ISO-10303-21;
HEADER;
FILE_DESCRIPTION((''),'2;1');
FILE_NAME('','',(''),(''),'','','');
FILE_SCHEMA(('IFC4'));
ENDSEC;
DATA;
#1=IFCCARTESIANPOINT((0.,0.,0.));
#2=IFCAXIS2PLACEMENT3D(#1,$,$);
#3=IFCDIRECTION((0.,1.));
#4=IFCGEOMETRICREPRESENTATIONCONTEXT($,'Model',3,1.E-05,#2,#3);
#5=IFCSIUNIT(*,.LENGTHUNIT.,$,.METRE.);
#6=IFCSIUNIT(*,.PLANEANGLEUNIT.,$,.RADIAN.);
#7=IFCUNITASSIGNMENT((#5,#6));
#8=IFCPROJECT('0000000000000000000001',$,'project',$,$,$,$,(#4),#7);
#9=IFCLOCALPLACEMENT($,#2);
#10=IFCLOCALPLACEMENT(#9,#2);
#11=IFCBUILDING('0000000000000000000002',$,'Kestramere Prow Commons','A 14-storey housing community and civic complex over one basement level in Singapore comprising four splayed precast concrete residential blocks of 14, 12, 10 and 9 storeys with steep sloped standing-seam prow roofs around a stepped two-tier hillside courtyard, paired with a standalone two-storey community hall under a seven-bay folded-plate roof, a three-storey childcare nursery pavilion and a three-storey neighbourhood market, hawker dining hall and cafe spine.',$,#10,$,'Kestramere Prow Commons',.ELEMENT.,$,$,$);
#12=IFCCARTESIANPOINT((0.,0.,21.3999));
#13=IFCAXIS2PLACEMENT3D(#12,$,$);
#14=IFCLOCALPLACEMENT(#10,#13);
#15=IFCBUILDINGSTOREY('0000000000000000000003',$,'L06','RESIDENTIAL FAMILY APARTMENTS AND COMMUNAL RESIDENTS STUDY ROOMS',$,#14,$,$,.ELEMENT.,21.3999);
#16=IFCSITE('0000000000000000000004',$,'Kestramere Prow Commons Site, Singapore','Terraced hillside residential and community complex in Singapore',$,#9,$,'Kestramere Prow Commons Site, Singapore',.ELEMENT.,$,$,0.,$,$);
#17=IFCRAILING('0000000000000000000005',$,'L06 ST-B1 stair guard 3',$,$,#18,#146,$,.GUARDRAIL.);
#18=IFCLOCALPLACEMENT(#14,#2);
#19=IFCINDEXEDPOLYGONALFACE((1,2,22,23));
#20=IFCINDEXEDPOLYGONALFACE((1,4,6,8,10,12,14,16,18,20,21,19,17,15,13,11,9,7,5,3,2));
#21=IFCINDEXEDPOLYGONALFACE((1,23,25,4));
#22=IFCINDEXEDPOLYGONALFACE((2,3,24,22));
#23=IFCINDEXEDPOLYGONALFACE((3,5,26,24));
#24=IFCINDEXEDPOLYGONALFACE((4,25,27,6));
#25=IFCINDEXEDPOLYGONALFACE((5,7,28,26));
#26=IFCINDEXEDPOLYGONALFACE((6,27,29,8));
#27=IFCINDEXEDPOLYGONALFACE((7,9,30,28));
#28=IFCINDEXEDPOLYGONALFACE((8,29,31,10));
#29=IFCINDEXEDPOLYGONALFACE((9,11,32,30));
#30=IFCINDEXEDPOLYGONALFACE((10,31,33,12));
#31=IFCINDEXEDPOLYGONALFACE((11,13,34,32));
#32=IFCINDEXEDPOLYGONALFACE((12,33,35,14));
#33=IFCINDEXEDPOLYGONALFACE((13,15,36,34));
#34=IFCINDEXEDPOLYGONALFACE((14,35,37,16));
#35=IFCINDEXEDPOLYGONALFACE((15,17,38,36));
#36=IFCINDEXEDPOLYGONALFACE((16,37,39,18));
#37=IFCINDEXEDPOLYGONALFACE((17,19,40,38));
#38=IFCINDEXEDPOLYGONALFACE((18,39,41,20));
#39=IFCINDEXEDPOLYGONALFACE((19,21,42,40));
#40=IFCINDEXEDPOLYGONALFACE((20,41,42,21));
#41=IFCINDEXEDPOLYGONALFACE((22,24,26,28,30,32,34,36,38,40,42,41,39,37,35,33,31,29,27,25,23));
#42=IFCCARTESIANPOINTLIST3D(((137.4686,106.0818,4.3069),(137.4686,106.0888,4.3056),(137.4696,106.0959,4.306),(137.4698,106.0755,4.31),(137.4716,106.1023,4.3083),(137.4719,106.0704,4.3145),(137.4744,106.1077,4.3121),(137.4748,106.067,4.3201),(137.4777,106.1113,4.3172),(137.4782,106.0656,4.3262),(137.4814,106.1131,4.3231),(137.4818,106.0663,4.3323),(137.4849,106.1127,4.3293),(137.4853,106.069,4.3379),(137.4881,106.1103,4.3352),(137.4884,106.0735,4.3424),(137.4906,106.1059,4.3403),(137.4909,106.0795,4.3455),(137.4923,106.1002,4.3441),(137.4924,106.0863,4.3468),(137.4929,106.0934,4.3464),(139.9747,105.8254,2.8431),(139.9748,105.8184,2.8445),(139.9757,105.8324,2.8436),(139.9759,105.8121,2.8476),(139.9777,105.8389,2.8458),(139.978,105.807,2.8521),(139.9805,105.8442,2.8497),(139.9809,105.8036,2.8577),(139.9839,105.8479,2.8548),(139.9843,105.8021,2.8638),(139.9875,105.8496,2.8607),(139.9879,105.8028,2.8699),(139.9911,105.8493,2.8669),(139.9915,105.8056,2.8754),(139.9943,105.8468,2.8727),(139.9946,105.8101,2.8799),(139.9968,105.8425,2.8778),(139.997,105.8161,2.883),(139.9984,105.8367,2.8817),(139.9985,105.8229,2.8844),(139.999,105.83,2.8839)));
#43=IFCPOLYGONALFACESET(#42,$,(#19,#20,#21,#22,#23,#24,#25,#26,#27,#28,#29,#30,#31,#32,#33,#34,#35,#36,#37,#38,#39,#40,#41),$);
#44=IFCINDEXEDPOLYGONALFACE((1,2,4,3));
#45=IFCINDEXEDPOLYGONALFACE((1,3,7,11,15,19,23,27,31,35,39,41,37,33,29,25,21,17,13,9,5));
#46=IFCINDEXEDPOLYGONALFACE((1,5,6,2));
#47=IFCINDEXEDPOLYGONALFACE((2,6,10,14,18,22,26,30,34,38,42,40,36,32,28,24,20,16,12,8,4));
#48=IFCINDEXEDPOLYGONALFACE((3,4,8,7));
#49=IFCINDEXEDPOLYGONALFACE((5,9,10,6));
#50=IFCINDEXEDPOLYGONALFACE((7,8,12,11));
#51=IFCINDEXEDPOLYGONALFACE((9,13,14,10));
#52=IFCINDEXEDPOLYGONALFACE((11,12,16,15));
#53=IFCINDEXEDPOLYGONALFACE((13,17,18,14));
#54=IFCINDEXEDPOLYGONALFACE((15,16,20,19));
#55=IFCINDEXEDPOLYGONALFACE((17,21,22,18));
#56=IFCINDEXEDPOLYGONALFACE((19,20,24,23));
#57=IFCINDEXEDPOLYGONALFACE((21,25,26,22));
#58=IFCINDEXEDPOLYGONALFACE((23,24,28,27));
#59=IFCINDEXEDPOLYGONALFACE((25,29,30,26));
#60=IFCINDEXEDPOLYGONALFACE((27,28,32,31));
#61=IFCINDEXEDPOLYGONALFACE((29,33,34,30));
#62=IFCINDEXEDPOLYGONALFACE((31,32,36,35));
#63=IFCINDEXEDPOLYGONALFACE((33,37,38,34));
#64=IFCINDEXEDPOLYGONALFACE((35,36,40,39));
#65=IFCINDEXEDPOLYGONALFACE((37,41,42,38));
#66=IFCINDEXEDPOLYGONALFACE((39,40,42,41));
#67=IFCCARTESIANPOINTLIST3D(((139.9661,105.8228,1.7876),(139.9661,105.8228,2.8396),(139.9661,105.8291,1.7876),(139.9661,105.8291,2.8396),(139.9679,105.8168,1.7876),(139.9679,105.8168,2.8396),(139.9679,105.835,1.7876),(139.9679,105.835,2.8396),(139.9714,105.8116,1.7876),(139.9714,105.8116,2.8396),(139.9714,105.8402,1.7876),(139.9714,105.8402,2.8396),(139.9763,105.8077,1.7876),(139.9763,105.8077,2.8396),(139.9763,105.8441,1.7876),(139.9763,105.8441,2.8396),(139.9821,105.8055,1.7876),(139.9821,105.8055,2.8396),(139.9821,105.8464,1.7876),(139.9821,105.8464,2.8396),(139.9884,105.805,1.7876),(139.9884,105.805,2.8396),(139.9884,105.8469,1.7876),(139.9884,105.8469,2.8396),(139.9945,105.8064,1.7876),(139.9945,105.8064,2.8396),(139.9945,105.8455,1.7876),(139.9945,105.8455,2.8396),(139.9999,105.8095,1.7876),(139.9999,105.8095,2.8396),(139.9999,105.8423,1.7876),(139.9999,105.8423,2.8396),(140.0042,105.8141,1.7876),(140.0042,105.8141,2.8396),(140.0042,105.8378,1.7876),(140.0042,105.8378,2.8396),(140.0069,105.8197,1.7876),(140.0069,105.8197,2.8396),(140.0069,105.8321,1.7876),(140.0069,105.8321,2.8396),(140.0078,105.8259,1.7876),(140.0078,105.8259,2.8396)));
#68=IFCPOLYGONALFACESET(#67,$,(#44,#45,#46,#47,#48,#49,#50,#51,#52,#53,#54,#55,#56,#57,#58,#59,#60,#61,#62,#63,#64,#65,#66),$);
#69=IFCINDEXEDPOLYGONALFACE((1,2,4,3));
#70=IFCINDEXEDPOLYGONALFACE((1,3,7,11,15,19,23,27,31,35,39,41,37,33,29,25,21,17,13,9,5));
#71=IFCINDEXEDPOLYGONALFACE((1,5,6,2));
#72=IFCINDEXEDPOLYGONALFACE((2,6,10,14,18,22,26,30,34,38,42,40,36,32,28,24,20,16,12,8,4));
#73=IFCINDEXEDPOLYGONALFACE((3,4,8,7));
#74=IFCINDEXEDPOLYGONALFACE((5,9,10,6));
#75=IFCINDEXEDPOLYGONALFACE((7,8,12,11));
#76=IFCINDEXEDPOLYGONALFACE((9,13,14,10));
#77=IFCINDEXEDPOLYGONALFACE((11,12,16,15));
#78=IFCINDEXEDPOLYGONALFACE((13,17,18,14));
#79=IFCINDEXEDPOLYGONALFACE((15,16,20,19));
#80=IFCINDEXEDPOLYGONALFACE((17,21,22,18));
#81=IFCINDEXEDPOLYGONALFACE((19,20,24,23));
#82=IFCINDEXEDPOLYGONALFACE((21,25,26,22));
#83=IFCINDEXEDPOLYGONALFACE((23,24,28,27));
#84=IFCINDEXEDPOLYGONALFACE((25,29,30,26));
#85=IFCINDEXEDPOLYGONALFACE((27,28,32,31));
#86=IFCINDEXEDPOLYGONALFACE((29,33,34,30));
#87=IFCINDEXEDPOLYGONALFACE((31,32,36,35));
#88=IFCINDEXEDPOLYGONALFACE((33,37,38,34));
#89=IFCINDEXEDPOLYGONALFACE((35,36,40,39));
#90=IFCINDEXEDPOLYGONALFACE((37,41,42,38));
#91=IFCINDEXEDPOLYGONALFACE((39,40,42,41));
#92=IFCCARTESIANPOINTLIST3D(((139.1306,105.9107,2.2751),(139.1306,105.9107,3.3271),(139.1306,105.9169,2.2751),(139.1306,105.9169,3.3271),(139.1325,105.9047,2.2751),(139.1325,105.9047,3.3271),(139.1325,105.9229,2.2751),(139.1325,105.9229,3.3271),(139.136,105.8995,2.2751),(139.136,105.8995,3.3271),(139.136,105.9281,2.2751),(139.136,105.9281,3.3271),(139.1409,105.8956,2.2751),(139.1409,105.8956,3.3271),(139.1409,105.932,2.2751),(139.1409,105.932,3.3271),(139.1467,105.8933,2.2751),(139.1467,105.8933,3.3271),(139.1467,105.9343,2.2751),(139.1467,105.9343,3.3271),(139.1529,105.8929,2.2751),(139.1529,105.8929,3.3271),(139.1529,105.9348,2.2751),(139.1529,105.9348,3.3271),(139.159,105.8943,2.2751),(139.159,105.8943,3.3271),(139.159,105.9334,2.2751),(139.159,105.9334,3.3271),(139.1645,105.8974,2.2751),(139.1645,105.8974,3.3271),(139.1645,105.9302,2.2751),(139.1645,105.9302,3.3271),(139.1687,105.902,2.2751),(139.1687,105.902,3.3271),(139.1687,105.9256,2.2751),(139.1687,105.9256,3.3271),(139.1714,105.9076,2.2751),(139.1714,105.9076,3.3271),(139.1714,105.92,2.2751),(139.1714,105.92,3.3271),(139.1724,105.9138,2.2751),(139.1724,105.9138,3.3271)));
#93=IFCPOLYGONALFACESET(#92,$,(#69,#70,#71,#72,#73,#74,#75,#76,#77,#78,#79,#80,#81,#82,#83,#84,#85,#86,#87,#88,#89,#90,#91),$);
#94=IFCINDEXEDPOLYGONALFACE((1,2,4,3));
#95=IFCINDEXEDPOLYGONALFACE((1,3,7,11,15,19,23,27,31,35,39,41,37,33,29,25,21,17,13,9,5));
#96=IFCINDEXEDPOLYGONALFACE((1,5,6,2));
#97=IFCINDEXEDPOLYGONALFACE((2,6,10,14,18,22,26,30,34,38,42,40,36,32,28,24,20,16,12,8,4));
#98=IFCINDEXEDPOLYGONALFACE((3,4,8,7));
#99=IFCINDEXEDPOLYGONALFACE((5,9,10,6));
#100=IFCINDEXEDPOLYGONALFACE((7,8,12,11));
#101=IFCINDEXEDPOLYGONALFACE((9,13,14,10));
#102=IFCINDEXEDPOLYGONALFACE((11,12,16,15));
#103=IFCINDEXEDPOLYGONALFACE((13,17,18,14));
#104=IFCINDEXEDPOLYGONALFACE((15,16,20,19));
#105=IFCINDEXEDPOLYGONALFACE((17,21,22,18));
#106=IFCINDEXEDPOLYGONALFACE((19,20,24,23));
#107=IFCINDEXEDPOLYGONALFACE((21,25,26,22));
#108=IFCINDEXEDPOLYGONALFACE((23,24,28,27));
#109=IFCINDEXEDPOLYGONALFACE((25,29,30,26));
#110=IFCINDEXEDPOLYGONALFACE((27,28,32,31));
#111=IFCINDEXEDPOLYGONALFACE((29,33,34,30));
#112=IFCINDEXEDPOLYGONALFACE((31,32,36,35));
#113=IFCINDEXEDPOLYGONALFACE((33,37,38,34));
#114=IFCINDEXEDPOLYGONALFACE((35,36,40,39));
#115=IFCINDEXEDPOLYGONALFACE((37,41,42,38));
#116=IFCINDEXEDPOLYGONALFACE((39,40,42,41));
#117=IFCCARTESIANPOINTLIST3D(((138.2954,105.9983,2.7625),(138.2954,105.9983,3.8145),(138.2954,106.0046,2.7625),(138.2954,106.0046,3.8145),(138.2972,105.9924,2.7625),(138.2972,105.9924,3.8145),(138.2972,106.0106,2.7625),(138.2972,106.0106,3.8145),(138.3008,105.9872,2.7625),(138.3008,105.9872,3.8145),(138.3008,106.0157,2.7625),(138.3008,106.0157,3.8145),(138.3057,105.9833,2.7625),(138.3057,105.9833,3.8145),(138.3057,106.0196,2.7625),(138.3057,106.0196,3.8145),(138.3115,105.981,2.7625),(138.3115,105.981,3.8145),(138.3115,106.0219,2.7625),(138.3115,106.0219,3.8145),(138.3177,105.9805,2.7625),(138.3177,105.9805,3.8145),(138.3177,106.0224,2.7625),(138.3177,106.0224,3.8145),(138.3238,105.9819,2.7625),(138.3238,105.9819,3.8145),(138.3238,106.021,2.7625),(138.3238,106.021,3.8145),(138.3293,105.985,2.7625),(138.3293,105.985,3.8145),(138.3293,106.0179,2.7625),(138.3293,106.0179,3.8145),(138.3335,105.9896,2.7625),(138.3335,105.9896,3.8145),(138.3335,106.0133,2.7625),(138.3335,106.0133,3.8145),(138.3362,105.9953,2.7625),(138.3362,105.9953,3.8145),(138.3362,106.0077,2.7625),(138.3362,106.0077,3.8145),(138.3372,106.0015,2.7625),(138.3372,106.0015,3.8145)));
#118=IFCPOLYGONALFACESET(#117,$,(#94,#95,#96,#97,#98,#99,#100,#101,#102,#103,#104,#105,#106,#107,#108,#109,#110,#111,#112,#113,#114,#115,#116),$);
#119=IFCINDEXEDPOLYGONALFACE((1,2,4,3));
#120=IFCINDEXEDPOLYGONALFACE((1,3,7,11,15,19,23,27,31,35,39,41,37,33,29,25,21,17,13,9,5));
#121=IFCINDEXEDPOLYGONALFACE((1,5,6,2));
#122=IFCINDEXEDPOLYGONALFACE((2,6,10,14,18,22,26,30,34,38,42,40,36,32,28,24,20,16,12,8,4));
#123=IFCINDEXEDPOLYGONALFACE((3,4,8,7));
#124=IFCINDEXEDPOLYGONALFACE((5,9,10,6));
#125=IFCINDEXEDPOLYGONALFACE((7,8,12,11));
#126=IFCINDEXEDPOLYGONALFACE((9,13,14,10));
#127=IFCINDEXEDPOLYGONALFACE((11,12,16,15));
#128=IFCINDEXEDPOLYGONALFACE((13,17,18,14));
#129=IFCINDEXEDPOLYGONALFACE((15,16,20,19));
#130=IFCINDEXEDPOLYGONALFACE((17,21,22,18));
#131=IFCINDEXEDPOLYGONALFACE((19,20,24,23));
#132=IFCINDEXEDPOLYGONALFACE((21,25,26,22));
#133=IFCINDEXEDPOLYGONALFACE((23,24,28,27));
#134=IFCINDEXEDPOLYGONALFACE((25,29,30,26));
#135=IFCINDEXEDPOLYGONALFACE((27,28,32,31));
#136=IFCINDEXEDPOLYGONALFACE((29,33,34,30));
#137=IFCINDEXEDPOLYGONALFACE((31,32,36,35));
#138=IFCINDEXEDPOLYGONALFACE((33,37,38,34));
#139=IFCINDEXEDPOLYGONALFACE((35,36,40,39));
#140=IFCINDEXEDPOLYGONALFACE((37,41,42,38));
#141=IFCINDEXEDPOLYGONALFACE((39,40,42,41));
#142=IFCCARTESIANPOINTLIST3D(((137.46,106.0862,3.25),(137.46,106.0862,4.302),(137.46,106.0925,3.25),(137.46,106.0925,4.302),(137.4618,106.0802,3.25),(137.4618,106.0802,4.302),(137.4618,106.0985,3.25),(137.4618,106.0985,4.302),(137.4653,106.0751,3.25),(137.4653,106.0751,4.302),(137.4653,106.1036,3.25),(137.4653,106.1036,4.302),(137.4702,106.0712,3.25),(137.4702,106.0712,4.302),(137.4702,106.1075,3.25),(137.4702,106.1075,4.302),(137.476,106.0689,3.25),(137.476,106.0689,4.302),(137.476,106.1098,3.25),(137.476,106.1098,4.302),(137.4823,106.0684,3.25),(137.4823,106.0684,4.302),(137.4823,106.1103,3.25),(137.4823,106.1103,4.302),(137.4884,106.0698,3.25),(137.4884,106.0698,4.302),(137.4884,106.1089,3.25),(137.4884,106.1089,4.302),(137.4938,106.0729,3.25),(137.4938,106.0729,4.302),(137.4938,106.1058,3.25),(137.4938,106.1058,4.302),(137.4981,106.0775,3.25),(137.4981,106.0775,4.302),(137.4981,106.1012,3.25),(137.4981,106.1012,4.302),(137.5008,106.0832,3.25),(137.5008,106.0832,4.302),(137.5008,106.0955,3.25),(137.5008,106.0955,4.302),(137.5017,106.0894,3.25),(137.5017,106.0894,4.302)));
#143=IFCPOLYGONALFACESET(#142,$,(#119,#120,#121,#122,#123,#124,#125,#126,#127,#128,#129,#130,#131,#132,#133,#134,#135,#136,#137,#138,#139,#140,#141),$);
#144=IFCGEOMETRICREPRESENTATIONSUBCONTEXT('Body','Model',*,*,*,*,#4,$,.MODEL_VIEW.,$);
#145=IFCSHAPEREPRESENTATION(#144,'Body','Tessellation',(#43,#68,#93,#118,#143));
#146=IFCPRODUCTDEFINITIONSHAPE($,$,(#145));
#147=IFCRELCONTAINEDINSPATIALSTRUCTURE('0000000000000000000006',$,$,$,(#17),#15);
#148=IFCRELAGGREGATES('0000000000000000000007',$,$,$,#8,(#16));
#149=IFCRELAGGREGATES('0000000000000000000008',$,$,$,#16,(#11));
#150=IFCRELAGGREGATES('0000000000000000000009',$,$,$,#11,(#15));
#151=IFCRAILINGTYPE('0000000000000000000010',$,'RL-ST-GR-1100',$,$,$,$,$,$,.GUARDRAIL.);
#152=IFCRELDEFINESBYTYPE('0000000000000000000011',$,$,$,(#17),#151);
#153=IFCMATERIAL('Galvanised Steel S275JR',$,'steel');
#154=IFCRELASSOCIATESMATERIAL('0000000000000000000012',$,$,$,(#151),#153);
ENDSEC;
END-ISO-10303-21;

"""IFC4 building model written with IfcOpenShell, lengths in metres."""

from ifc_helpers import new_model, si_unit, direction, frame, origin, origin_2d, place, context, subcontext, project, spatial, circle, extrude, material, type_object, element, save


model = new_model("IFC4")

# Units and contexts
model_context = context("Model", 3, precision=1e-05, world=origin(), true_north=direction((0.0, 1.0)))
body_context = subcontext(model_context, "Body", "Model", "MODEL_VIEW")
ifc_project = project(units=[si_unit("LENGTHUNIT", "METRE"), si_unit("PLANEANGLEUNIT", "RADIAN")], contexts=[model_context])

# Site, building, storey
site_placement = place(None, origin())
site = spatial("IfcSite", under=ifc_project, at=site_placement, Name="Kestramere Prow Commons Site, Singapore", Description="Terraced hillside residential and community complex in Singapore", LongName="Kestramere Prow Commons Site, Singapore", CompositionType="ELEMENT", RefElevation=0.0)
building_placement = place(site_placement, origin())
building = spatial("IfcBuilding", under=site, at=building_placement, Name="Kestramere Prow Commons", Description="A 14-storey housing community and civic complex over one basement level in Singapore comprising four splayed precast concrete residential blocks of 14, 12, 10 and 9 storeys with steep sloped standing-seam prow roofs around a stepped two-tier hillside courtyard, paired with a standalone two-storey community hall under a seven-bay folded-plate roof, a three-storey childcare nursery pavilion and a three-storey neighbourhood market, hawker dining hall and cafe spine.", LongName="Kestramere Prow Commons", CompositionType="ELEMENT")
storey_placement = place(building_placement, frame((0.0, 0.0, 21.3999)))
storey = spatial("IfcBuildingStorey", under=building, at=storey_placement, Name="L06", Description="RESIDENTIAL FAMILY APARTMENTS AND COMMUNAL RESIDENTS STUDY ROOMS", CompositionType="ELEMENT", Elevation=21.3999)

# Railing
ifc_material_1 = material(Name="Galvanised Steel S275JR", Category="steel")
railing_type_1 = type_object("IfcRailingType", Name="RL-ST-GR-1100", PredefinedType="GUARDRAIL", material=ifc_material_1)
railing_1_placement = place(storey_placement, frame((139.9868, 105.8259, 1.7876)))
element("IfcRailing", 1, at=railing_1_placement, inside=storey, type_object=railing_type_1, Name="L06 ST-B1 stair guard 3", PredefinedType="GUARDRAIL", context=body_context, shape_type="SweptSolid", body=[
    extrude(circle(Radius=0.0239, at=origin_2d()), frame((0.0, 0.0, 1.0762), z_axis=(-0.860165, 0.090416, 0.501937), x_axis=(-0.104539, -0.994521, 0.0)), (0.0, 0.0, 1.0), 2.9136),
    extrude(circle(Radius=0.021, at=origin_2d()), origin(), (0.0, 0.0, 1.0), 1.052),
    extrude(circle(Radius=0.021, at=origin_2d()), frame((-0.8354, 0.0879, 0.4875)), (0.0, 0.0, 1.0), 1.052),
    extrude(circle(Radius=0.021, at=origin_2d()), frame((-1.6707, 0.1755, 0.9749)), (0.0, 0.0, 1.0), 1.052),
    extrude(circle(Radius=0.021, at=origin_2d()), frame((-2.5061, 0.2634, 1.4624)), (0.0, 0.0, 1.0), 1.052),
])

save(model, "model.ifc")
